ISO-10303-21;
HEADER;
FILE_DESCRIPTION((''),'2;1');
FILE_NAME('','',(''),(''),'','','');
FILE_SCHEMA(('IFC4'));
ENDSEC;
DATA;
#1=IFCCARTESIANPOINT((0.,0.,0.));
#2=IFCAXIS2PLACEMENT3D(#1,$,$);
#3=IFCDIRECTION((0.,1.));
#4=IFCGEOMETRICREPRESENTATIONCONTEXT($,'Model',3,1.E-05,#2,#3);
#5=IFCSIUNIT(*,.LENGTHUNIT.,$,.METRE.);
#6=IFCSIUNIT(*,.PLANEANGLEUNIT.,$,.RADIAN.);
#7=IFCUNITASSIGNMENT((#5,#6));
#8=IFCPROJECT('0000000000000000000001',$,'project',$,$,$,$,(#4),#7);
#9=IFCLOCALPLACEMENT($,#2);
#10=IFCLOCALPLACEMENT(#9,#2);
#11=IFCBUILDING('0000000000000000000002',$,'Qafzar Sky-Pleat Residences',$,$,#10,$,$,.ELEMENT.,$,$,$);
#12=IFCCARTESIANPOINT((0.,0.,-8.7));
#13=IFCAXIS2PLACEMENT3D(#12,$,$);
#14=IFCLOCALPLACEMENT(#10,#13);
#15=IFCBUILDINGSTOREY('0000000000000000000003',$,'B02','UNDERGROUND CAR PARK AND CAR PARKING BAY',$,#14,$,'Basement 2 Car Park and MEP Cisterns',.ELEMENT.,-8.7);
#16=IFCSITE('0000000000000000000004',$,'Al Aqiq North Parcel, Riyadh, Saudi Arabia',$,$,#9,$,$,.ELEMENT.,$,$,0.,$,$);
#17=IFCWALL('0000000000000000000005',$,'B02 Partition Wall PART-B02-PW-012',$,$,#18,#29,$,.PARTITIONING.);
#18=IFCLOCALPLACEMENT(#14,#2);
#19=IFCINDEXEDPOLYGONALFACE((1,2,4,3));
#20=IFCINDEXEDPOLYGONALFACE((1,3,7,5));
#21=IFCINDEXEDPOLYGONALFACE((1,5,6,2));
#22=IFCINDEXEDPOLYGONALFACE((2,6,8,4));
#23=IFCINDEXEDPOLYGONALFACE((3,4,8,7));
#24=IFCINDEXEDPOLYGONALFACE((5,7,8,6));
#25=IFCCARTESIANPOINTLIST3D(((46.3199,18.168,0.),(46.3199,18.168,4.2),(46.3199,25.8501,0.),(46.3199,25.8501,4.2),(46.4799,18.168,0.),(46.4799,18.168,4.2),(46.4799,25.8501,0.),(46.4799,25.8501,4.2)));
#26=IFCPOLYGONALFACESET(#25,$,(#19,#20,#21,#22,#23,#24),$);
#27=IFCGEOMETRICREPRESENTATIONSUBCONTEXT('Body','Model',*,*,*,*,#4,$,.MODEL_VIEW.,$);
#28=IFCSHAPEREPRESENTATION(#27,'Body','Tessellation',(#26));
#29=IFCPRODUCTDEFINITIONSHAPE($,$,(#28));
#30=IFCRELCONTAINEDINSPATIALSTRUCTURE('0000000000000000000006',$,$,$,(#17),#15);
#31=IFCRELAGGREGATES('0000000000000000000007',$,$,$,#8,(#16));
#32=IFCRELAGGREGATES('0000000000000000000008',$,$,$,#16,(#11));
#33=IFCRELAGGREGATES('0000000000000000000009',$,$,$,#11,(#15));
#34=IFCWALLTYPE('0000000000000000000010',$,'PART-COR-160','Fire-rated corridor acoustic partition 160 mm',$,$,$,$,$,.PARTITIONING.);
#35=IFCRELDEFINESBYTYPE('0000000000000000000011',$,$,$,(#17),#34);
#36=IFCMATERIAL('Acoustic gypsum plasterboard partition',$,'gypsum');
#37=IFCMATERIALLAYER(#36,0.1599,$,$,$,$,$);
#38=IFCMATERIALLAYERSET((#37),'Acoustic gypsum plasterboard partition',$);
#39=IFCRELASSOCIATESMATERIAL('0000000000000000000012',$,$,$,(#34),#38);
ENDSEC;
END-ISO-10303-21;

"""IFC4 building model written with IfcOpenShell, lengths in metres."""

from ifc_helpers import new_model, si_unit, direction, frame, frame_2d, origin, place, context, subcontext, project, spatial, rectangle, extrude, material, layer, layer_set, type_object, element, save


model = new_model("IFC4")

# Units and contexts
model_context = context("Model", 3, precision=1e-05, world=origin(), true_north=direction((0.0, 1.0)))
body_context = subcontext(model_context, "Body", "Model", "MODEL_VIEW")
ifc_project = project(units=[si_unit("LENGTHUNIT", "METRE"), si_unit("PLANEANGLEUNIT", "RADIAN")], contexts=[model_context])

# Site, building, storey
site_placement = place(None, origin())
site = spatial("IfcSite", under=ifc_project, at=site_placement, Name="Al Aqiq North Parcel, Riyadh, Saudi Arabia", CompositionType="ELEMENT", RefElevation=0.0)
building_placement = place(site_placement, origin())
building = spatial("IfcBuilding", under=site, at=building_placement, Name="Qafzar Sky-Pleat Residences", CompositionType="ELEMENT")
storey_placement = place(building_placement, frame((0.0, 0.0, -8.7)))
storey = spatial("IfcBuildingStorey", under=building, at=storey_placement, Name="B02", Description="UNDERGROUND CAR PARK AND CAR PARKING BAY", LongName="Basement 2 Car Park and MEP Cisterns", CompositionType="ELEMENT", Elevation=-8.7)

# Wall
ifc_material_1 = material(Name="Acoustic gypsum plasterboard partition", Category="gypsum")
ifc_layer = layer(ifc_material_1, 0.1599)
ifc_layer_set = layer_set([ifc_layer], Name="Acoustic gypsum plasterboard partition")
wall_type = type_object("IfcWallType", Name="PART-COR-160", Description="Fire-rated corridor acoustic partition 160 mm", PredefinedType="PARTITIONING", material=ifc_layer_set)
wall_placement = place(storey_placement, frame((46.3999, 18.168, 0.0), z_axis=(0.0, 0.0, 1.0), x_axis=(0.0, 1.0, 0.0)))
element("IfcWall", 1, at=wall_placement, inside=storey, type_object=wall_type, Name="B02 Partition Wall PART-B02-PW-012", PredefinedType="PARTITIONING", context=body_context, shape_type="SweptSolid", body=[
    extrude(rectangle(XDim=7.6821, YDim=0.1599, at=frame_2d((3.8411, 0.0))), origin(), (0.0, 0.0, 1.0), 4.2),
])

save(model, "model.ifc")
